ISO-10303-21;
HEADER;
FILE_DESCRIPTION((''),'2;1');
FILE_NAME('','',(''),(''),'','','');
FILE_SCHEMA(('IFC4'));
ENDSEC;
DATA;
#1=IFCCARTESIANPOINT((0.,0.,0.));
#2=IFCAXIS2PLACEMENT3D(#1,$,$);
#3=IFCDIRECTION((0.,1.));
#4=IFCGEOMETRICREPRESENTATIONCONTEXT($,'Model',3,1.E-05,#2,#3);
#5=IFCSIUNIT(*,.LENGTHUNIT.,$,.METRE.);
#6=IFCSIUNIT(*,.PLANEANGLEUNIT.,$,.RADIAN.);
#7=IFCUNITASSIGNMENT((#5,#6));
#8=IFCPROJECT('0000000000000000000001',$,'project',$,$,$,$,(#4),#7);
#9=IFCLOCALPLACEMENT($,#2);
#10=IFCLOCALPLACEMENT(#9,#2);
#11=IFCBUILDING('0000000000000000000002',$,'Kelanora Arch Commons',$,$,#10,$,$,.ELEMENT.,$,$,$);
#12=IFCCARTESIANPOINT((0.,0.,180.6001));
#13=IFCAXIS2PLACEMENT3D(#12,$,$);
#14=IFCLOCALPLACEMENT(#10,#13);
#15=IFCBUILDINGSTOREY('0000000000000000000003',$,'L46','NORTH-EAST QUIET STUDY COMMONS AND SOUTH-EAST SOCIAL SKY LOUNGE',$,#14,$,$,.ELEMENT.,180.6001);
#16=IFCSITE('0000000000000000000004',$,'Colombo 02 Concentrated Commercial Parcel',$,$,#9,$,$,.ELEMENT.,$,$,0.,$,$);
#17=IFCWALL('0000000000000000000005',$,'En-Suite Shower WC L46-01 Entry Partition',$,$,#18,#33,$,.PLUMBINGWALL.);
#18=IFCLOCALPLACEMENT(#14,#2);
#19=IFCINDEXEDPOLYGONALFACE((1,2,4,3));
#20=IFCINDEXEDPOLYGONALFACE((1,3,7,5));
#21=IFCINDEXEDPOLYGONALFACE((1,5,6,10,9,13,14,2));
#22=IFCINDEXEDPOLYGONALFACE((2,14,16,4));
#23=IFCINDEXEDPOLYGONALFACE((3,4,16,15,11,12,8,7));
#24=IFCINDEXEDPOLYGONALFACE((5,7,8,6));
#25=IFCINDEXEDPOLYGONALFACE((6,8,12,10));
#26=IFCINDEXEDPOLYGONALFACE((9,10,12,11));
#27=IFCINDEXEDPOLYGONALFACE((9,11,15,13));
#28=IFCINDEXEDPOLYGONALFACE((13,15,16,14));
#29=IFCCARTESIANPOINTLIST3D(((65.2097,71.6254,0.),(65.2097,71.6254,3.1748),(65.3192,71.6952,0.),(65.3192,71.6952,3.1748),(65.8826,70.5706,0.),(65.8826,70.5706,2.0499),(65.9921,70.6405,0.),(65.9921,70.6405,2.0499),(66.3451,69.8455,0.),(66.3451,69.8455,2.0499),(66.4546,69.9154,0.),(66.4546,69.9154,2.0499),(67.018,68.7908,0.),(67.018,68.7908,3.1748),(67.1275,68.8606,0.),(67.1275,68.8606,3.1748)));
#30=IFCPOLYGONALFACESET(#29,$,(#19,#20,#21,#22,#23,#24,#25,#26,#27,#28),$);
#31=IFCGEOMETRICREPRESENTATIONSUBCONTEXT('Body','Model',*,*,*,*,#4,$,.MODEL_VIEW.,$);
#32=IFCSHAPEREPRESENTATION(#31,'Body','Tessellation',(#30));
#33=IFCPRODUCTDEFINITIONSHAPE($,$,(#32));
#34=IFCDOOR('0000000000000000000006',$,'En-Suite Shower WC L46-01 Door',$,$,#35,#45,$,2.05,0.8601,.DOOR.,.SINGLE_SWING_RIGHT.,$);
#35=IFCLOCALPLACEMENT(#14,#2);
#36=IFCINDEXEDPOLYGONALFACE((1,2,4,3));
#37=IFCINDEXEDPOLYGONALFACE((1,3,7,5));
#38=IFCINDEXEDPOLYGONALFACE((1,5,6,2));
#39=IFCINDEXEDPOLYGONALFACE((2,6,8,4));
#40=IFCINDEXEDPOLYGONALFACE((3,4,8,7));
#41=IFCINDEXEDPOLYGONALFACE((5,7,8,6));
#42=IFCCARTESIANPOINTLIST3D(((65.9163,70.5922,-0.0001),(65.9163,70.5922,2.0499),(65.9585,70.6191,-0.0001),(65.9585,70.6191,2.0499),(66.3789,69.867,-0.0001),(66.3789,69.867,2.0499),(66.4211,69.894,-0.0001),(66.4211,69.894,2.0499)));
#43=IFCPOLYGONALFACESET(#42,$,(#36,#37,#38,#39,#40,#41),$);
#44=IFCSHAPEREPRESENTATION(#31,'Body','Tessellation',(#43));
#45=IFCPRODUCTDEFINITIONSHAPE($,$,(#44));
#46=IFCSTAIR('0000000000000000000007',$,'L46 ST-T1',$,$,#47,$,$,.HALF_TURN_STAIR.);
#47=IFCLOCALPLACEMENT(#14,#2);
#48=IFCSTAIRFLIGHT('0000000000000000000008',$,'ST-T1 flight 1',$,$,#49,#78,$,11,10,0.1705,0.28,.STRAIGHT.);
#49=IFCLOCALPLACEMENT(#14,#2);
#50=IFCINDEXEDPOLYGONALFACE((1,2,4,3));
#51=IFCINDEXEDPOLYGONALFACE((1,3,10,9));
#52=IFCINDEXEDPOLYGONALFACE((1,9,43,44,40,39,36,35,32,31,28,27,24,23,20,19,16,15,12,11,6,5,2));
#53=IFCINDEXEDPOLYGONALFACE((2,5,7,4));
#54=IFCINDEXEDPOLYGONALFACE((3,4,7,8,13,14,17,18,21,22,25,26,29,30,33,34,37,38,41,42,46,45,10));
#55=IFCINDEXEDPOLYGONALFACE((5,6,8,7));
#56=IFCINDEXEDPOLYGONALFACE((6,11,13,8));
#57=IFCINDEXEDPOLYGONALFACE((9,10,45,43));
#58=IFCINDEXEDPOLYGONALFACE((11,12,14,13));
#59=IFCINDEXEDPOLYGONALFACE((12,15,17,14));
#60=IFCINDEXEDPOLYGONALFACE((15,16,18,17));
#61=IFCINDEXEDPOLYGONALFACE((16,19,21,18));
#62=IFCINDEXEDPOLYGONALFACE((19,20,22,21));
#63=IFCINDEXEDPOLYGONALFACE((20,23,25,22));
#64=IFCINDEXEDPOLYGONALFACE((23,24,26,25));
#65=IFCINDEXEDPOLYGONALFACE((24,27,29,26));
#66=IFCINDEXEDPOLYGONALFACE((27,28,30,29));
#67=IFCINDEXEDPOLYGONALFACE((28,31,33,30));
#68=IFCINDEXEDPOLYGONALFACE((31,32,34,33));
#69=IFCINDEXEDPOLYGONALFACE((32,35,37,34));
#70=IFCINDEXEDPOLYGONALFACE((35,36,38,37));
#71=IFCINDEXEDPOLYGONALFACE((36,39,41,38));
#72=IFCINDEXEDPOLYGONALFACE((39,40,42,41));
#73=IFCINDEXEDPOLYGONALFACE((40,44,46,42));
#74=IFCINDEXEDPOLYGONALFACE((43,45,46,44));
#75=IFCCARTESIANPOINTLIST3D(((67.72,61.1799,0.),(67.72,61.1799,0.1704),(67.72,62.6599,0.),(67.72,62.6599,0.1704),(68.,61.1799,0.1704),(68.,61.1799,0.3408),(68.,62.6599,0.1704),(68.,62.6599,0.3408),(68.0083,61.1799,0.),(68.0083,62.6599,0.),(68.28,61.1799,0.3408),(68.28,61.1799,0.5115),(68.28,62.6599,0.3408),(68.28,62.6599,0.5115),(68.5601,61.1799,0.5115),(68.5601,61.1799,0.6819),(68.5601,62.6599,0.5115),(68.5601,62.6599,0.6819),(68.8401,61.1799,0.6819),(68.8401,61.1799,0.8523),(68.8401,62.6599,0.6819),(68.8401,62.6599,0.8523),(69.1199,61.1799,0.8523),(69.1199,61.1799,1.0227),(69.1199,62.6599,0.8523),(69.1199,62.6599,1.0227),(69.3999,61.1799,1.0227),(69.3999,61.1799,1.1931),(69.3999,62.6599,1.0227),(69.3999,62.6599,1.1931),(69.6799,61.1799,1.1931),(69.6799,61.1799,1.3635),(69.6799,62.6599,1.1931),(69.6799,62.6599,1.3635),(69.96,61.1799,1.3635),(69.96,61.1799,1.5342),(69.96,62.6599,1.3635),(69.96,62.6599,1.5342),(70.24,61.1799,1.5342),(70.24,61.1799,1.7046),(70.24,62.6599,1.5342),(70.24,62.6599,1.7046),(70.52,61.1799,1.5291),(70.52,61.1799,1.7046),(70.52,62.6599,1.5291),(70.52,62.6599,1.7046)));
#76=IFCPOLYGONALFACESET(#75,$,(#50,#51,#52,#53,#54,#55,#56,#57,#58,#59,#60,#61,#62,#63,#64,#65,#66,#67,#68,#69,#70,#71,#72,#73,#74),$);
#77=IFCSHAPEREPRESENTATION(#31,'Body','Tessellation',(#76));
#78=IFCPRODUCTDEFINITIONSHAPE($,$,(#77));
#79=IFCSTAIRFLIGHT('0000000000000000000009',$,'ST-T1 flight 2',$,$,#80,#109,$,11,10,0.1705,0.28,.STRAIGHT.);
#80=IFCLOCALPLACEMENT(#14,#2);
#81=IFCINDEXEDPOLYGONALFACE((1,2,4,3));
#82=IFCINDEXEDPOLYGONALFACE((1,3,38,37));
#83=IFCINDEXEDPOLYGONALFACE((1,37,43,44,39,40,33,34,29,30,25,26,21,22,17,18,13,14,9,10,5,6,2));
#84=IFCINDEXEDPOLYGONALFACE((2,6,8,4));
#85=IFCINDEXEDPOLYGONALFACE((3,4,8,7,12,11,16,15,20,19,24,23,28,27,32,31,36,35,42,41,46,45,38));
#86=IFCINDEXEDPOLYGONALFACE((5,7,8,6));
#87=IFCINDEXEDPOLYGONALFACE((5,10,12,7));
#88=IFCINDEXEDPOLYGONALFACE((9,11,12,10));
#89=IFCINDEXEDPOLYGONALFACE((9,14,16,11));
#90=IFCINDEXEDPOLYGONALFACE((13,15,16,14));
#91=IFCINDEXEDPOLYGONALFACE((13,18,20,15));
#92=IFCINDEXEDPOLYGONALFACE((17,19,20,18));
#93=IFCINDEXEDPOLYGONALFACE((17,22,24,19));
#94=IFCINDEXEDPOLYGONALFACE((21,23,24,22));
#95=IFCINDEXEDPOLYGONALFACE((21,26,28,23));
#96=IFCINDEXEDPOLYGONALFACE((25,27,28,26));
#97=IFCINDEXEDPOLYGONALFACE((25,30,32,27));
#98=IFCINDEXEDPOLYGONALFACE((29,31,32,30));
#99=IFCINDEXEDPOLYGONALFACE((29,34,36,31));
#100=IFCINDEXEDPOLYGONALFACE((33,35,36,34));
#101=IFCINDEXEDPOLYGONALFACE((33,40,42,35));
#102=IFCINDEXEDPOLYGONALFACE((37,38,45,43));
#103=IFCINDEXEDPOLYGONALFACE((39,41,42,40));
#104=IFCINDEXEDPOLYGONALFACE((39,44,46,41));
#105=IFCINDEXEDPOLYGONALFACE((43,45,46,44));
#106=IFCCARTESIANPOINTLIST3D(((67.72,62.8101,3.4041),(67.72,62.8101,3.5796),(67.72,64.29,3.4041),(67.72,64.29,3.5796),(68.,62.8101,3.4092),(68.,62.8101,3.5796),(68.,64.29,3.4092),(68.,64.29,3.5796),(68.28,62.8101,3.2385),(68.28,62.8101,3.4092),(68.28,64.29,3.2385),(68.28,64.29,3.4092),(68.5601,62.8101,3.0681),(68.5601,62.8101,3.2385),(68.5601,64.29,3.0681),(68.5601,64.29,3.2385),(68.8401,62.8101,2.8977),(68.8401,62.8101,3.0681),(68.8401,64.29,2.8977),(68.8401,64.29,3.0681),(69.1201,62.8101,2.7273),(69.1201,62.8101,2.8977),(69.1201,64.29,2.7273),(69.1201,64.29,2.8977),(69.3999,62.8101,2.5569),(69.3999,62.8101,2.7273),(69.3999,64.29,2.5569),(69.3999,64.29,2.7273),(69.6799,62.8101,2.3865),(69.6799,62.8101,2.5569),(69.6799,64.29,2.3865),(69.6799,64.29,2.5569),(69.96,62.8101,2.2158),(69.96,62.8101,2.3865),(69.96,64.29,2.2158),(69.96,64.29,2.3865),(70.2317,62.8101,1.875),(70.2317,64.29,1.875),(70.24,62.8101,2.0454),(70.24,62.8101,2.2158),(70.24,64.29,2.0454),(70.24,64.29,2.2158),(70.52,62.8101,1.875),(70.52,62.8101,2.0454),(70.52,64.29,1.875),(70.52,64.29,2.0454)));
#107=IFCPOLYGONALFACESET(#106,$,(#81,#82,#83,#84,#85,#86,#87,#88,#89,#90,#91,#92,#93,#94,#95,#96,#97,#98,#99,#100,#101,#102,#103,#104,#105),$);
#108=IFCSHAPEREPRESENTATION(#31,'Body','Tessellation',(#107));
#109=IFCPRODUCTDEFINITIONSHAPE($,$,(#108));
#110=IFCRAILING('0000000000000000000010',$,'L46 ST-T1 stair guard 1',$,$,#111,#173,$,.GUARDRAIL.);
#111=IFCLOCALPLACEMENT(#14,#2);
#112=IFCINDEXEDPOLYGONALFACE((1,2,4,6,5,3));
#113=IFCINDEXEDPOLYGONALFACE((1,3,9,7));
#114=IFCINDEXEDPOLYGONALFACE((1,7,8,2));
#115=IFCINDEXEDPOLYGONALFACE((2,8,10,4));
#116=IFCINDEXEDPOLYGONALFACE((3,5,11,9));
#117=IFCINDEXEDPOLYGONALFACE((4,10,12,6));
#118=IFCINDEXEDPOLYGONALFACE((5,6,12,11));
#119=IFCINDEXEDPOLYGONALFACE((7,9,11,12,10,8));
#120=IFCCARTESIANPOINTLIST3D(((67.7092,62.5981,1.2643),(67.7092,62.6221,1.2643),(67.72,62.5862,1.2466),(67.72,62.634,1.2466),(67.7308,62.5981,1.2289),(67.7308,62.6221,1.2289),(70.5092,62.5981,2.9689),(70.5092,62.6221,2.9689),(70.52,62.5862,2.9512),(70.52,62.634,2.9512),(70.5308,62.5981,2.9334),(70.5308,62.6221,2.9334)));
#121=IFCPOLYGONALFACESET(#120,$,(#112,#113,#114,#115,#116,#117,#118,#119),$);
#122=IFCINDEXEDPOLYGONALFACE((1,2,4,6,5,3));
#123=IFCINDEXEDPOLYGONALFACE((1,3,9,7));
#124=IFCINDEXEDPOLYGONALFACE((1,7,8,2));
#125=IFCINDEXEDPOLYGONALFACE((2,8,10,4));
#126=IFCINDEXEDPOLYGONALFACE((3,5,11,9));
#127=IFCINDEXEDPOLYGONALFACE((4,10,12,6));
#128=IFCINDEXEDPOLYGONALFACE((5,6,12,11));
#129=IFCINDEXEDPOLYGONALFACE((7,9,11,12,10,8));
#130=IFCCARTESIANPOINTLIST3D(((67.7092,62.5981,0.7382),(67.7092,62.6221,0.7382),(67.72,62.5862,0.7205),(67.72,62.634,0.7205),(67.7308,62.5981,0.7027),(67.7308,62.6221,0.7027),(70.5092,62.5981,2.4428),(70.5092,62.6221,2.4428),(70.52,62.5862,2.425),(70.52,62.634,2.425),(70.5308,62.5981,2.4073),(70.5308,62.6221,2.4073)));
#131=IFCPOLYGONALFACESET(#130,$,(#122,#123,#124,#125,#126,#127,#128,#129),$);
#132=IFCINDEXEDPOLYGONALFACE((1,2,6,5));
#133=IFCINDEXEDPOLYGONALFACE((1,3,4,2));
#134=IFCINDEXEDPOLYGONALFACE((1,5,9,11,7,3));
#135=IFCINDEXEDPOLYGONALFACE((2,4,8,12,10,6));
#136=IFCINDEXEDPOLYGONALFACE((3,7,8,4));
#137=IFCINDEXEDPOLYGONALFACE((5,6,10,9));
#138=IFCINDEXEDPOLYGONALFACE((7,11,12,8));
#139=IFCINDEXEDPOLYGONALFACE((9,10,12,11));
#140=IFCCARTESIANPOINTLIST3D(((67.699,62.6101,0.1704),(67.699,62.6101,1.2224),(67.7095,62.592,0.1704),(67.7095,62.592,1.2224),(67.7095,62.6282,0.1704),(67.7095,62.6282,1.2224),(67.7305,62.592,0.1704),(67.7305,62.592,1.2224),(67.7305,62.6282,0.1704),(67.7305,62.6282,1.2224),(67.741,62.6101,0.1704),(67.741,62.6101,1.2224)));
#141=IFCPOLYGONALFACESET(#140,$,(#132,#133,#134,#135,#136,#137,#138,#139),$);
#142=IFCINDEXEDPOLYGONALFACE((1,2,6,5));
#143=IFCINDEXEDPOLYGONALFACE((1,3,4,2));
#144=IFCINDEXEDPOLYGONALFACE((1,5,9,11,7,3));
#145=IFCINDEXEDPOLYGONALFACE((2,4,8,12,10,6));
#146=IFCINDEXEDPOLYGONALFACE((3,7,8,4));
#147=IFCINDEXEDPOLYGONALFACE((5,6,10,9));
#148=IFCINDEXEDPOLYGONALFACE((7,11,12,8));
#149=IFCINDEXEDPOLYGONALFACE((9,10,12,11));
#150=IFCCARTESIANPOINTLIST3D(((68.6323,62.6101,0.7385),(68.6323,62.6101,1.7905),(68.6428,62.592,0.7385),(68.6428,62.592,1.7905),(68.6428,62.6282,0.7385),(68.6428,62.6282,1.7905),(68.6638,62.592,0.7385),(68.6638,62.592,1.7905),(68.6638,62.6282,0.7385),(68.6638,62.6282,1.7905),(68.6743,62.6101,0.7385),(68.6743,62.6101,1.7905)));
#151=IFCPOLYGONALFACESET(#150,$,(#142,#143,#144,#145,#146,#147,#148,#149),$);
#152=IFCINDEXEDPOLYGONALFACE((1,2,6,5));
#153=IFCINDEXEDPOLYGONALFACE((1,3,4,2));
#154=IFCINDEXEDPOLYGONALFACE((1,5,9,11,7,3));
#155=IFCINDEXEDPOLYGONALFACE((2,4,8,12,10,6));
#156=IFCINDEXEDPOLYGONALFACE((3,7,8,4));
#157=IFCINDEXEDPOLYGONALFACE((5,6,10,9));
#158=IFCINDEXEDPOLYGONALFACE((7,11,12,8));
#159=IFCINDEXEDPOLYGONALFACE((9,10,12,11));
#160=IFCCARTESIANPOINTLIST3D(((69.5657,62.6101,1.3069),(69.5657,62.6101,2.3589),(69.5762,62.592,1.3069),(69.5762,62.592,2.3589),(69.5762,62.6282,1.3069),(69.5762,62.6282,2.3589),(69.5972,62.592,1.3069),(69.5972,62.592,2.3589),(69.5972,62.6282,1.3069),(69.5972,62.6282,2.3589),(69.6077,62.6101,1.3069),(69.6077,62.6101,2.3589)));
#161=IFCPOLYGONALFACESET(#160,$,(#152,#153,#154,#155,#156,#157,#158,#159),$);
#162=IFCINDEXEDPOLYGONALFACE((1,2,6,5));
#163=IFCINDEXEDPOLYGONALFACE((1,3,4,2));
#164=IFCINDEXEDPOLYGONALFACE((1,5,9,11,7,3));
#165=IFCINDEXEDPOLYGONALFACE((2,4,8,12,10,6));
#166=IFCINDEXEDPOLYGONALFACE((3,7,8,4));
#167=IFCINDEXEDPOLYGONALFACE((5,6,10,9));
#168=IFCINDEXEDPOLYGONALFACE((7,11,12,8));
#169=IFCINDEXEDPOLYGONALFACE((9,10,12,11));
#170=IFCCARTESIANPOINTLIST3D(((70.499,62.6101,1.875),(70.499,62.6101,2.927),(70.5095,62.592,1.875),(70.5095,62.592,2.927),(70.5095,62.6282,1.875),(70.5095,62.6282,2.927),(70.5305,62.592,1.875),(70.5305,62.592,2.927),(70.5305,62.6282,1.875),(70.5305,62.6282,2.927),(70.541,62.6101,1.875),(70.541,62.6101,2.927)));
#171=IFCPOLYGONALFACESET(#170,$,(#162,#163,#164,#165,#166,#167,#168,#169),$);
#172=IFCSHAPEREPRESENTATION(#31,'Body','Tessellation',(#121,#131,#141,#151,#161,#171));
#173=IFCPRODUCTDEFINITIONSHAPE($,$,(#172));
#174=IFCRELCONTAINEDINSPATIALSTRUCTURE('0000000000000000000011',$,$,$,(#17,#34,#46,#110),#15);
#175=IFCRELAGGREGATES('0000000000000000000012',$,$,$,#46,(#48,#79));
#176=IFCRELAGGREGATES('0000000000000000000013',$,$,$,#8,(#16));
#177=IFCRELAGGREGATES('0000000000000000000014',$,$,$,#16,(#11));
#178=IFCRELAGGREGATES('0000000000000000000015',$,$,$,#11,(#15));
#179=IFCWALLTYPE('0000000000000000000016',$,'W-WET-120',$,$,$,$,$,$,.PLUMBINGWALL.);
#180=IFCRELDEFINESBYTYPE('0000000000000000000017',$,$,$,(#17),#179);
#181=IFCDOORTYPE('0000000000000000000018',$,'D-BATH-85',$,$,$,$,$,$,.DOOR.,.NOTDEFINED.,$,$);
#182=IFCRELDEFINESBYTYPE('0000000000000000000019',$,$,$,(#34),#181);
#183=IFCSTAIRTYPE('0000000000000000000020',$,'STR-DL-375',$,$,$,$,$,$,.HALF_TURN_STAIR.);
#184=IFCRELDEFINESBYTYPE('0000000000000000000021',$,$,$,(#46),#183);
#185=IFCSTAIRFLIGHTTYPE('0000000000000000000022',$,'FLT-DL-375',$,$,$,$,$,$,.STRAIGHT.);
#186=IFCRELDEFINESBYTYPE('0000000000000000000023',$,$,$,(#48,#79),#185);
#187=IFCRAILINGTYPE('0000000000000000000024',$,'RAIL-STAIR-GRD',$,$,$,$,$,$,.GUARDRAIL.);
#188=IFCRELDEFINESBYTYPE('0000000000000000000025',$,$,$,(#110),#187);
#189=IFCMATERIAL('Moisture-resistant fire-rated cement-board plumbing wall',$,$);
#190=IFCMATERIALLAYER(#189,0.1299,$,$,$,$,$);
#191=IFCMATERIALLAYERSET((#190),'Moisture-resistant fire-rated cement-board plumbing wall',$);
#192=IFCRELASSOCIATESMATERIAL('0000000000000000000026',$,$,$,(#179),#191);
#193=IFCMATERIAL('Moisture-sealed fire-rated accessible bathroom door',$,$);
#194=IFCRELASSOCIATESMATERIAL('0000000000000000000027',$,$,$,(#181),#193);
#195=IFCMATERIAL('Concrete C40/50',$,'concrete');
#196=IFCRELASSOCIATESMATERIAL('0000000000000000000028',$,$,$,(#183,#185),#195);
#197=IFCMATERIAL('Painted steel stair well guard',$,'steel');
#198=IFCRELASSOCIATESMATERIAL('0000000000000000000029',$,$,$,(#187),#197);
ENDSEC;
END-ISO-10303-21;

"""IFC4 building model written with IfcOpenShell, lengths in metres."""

from ifc_helpers import new_model, si_unit, direction, frame, frame_2d, origin, place, context, subcontext, project, spatial, polyline, rectangle, outline, extrude, material, layer, layer_set, type_object, element, fill, aggregate, save


model = new_model("IFC4")

# Units and contexts
model_context = context("Model", 3, precision=1e-05, world=origin(), true_north=direction((0.0, 1.0)))
body_context = subcontext(model_context, "Body", "Model", "MODEL_VIEW")
ifc_project = project(units=[si_unit("LENGTHUNIT", "METRE"), si_unit("PLANEANGLEUNIT", "RADIAN")], contexts=[model_context])

# Site, building, storey
site_placement = place(None, origin())
site = spatial("IfcSite", under=ifc_project, at=site_placement, Name="Colombo 02 Concentrated Commercial Parcel", CompositionType="ELEMENT", RefElevation=0.0)
building_placement = place(site_placement, origin())
building = spatial("IfcBuilding", under=site, at=building_placement, Name="Kelanora Arch Commons", CompositionType="ELEMENT")
storey_placement = place(building_placement, frame((0.0, 0.0, 180.6001)))
storey = spatial("IfcBuildingStorey", under=building, at=storey_placement, Name="L46", Description="NORTH-EAST QUIET STUDY COMMONS AND SOUTH-EAST SOCIAL SKY LOUNGE", CompositionType="ELEMENT", Elevation=180.6001)

# Shared definitions
ifc_material_1 = material(Name="Concrete C40/50", Category="concrete")

# Wall, opening, door
ifc_material_2 = material(Name="Moisture-resistant fire-rated cement-board plumbing wall")
ifc_layer_1 = layer(ifc_material_2, 0.1299)
ifc_layer_set_1 = layer_set([ifc_layer_1], Name="Moisture-resistant fire-rated cement-board plumbing wall")
wall_type_1 = type_object("IfcWallType", Name="W-WET-120", PredefinedType="PLUMBINGWALL", material=ifc_layer_set_1)
wall_1_placement = place(storey_placement, frame((67.0728, 68.8257, 0.0), z_axis=(0.0, 0.0, 1.0), x_axis=(-0.537815, 0.843063, 0.0)))
wall_1 = element("IfcWall", 1, at=wall_1_placement, inside=storey, type_object=wall_type_1, Name="En-Suite Shower WC L46-01 Entry Partition", PredefinedType="PLUMBINGWALL", context=body_context, shape_type="SweptSolid", body=[
    extrude(rectangle(XDim=3.3623, YDim=0.1299, at=frame_2d((1.6812, 0.0))), origin(), (0.0, 0.0, 1.0), 3.1748),
])
opening_1_placement = place(wall_1_placement, frame((1.251, 0.0, 0.0)))
opening_1 = element("IfcOpeningElement", 2, at=opening_1_placement, cuts=wall_1, PredefinedType="OPENING", context=body_context, shape_type="SweptSolid", body=[
    extrude(rectangle(XDim=0.8601, YDim=2.05, at=frame_2d((0.4302, 1.0249))), frame((0.0, 0.075, 0.0), z_axis=(0.0, -1.0, 0.0), x_axis=(1.0, 0.0, 0.0)), (0.0, 0.0, 1.0), 0.1499),
])
ifc_material_3 = material(Name="Moisture-sealed fire-rated accessible bathroom door")
door_type_1 = type_object("IfcDoorType", Name="D-BATH-85", OperationType="NOTDEFINED", PredefinedType="DOOR", material=ifc_material_3)
door_1_placement = place(opening_1_placement, origin())
door_1 = element("IfcDoor", 3, at=door_1_placement, inside=storey, type_object=door_type_1, Name="En-Suite Shower WC L46-01 Door", OperationType="SINGLE_SWING_RIGHT", OverallHeight=2.05, OverallWidth=0.8601, PredefinedType="DOOR", context=body_context, shape_type="SweptSolid", body=[
    extrude(rectangle(XDim=0.8601, YDim=2.05, at=frame_2d((0.4302, 1.0249))), frame((0.0, 0.0249, 0.0), z_axis=(0.0, -1.0, 0.0), x_axis=(1.0, 0.0, 0.0)), (0.0, 0.0, 1.0), 0.05),
])
fill(opening_1, door_1)

# Stair, stair flights
stair_type = type_object("IfcStairType", Name="STR-DL-375", PredefinedType="HALF_TURN_STAIR", material=ifc_material_1)
stair_placement = place(storey_placement, origin())
stair = element("IfcStair", 4, at=stair_placement, inside=storey, type_object=stair_type, Name="L46 ST-T1", PredefinedType="HALF_TURN_STAIR")
stair_flight_type = type_object("IfcStairFlightType", Name="FLT-DL-375", PredefinedType="STRAIGHT", material=ifc_material_1)
stair_flight_1_placement = place(storey_placement, frame((67.72, 61.9199, 0.0), z_axis=(0.0, 0.0, 1.0), x_axis=(1.0, 0.0, 0.0)))
stair_flight_1 = element("IfcStairFlight", 5, at=stair_flight_1_placement, type_object=stair_flight_type, Name="ST-T1 flight 1", NumberOfRisers=11, NumberOfTreads=10, PredefinedType="STRAIGHT", RiserHeight=0.1705, TreadLength=0.28, context=body_context, shape_type="SweptSolid", body=[
    extrude(outline(polyline([(0.0, 0.0), (0.0, 0.1704), (0.28, 0.1704), (0.28, 0.3408), (0.5601, 0.3408), (0.5601, 0.5115), (0.8401, 0.5115), (0.8401, 0.6819), (1.1201, 0.6819), (1.1201, 0.8523), (1.3999, 0.8523), (1.3999, 1.0227), (1.6799, 1.0227), (1.6799, 1.1931), (1.96, 1.1931), (1.96, 1.3635), (2.24, 1.3635), (2.24, 1.5342), (2.52, 1.5342), (2.52, 1.7046), (2.8, 1.7046), (2.8, 1.875), (2.8, 1.5291), (0.2883, 0.0), (0.0, 0.0)])), frame((0.0, 0.74, 0.0), z_axis=(0.0, -1.0, 0.0), x_axis=(1.0, 0.0, 0.0)), (0.0, 0.0, 1.0), 1.48),
])
stair_flight_2_placement = place(storey_placement, frame((70.52, 63.55, 1.875), z_axis=(0.0, 0.0, 1.0), x_axis=(-1.0, 0.0, 0.0)))
stair_flight_2 = element("IfcStairFlight", 6, at=stair_flight_2_placement, type_object=stair_flight_type, Name="ST-T1 flight 2", NumberOfRisers=11, NumberOfTreads=10, PredefinedType="STRAIGHT", RiserHeight=0.1705, TreadLength=0.28, context=body_context, shape_type="SweptSolid", body=[
    extrude(outline(polyline([(0.0, 0.0), (0.0, 0.1704), (0.28, 0.1704), (0.28, 0.3408), (0.5601, 0.3408), (0.5601, 0.5115), (0.8401, 0.5115), (0.8401, 0.6819), (1.1201, 0.6819), (1.1201, 0.8523), (1.3999, 0.8523), (1.3999, 1.0227), (1.6799, 1.0227), (1.6799, 1.1931), (1.96, 1.1931), (1.96, 1.3635), (2.24, 1.3635), (2.24, 1.5342), (2.52, 1.5342), (2.52, 1.7046), (2.8, 1.7046), (2.8, 1.875), (2.8, 1.5291), (0.2883, 0.0), (0.0, 0.0)])), frame((0.0, 0.74, 0.0), z_axis=(0.0, -1.0, 0.0), x_axis=(1.0, 0.0, 0.0)), (0.0, 0.0, 1.0), 1.48),
])
aggregate(stair, [stair_flight_1, stair_flight_2])

# Railing
ifc_material_4 = material(Name="Painted steel stair well guard", Category="steel")
railing_type_1 = type_object("IfcRailingType", Name="RAIL-STAIR-GRD", PredefinedType="GUARDRAIL", material=ifc_material_4)
railing_1_placement = place(storey_placement, frame((67.72, 62.6101, 0.1704)))
element("IfcRailing", 7, at=railing_1_placement, inside=storey, type_object=railing_type_1, Name="L46 ST-T1 stair guard 1", PredefinedType="GUARDRAIL", context=body_context, shape_type="SweptSolid", body=[
    extrude(outline(polyline([(0.0239, 0.0), (0.012, 0.0208), (-0.012, 0.0208), (-0.0239, 0.0), (-0.012, -0.0208), (0.012, -0.0208), (0.0239, 0.0)])), frame((0.0, 0.0, 1.0762), z_axis=(0.85417, 0.0, 0.519994), x_axis=(0.0, 1.0, 0.0)), (0.0, 0.0, 1.0), 3.2781),
    extrude(outline(polyline([(0.0239, 0.0), (0.012, 0.0208), (-0.012, 0.0208), (-0.0239, 0.0), (-0.012, -0.0208), (0.012, -0.0208), (0.0239, 0.0)])), frame((0.0, 0.0, 0.55), z_axis=(0.85417, 0.0, 0.519994), x_axis=(0.0, 1.0, 0.0)), (0.0, 0.0, 1.0), 3.2781),
    extrude(outline(polyline([(0.021, 0.0), (0.0105, 0.0181), (-0.0105, 0.0181), (-0.021, 0.0), (-0.0105, -0.0181), (0.0105, -0.0181), (0.021, 0.0)])), origin(), (0.0, 0.0, 1.0), 1.052),
    extrude(outline(polyline([(0.021, 0.0), (0.0105, 0.0181), (-0.0105, 0.0181), (-0.021, 0.0), (-0.0105, -0.0181), (0.0105, -0.0181), (0.021, 0.0)])), frame((0.9333, 0.0, 0.5681)), (0.0, 0.0, 1.0), 1.052),
    extrude(outline(polyline([(0.021, 0.0), (0.0105, 0.0181), (-0.0105, 0.0181), (-0.021, 0.0), (-0.0105, -0.0181), (0.0105, -0.0181), (0.021, 0.0)])), frame((1.8667, 0.0, 1.1365)), (0.0, 0.0, 1.0), 1.052),
    extrude(outline(polyline([(0.021, 0.0), (0.0105, 0.0181), (-0.0105, 0.0181), (-0.021, 0.0), (-0.0105, -0.0181), (0.0105, -0.0181), (0.021, 0.0)])), frame((2.8, 0.0, 1.7046)), (0.0, 0.0, 1.0), 1.052),
])

save(model, "model.ifc")
